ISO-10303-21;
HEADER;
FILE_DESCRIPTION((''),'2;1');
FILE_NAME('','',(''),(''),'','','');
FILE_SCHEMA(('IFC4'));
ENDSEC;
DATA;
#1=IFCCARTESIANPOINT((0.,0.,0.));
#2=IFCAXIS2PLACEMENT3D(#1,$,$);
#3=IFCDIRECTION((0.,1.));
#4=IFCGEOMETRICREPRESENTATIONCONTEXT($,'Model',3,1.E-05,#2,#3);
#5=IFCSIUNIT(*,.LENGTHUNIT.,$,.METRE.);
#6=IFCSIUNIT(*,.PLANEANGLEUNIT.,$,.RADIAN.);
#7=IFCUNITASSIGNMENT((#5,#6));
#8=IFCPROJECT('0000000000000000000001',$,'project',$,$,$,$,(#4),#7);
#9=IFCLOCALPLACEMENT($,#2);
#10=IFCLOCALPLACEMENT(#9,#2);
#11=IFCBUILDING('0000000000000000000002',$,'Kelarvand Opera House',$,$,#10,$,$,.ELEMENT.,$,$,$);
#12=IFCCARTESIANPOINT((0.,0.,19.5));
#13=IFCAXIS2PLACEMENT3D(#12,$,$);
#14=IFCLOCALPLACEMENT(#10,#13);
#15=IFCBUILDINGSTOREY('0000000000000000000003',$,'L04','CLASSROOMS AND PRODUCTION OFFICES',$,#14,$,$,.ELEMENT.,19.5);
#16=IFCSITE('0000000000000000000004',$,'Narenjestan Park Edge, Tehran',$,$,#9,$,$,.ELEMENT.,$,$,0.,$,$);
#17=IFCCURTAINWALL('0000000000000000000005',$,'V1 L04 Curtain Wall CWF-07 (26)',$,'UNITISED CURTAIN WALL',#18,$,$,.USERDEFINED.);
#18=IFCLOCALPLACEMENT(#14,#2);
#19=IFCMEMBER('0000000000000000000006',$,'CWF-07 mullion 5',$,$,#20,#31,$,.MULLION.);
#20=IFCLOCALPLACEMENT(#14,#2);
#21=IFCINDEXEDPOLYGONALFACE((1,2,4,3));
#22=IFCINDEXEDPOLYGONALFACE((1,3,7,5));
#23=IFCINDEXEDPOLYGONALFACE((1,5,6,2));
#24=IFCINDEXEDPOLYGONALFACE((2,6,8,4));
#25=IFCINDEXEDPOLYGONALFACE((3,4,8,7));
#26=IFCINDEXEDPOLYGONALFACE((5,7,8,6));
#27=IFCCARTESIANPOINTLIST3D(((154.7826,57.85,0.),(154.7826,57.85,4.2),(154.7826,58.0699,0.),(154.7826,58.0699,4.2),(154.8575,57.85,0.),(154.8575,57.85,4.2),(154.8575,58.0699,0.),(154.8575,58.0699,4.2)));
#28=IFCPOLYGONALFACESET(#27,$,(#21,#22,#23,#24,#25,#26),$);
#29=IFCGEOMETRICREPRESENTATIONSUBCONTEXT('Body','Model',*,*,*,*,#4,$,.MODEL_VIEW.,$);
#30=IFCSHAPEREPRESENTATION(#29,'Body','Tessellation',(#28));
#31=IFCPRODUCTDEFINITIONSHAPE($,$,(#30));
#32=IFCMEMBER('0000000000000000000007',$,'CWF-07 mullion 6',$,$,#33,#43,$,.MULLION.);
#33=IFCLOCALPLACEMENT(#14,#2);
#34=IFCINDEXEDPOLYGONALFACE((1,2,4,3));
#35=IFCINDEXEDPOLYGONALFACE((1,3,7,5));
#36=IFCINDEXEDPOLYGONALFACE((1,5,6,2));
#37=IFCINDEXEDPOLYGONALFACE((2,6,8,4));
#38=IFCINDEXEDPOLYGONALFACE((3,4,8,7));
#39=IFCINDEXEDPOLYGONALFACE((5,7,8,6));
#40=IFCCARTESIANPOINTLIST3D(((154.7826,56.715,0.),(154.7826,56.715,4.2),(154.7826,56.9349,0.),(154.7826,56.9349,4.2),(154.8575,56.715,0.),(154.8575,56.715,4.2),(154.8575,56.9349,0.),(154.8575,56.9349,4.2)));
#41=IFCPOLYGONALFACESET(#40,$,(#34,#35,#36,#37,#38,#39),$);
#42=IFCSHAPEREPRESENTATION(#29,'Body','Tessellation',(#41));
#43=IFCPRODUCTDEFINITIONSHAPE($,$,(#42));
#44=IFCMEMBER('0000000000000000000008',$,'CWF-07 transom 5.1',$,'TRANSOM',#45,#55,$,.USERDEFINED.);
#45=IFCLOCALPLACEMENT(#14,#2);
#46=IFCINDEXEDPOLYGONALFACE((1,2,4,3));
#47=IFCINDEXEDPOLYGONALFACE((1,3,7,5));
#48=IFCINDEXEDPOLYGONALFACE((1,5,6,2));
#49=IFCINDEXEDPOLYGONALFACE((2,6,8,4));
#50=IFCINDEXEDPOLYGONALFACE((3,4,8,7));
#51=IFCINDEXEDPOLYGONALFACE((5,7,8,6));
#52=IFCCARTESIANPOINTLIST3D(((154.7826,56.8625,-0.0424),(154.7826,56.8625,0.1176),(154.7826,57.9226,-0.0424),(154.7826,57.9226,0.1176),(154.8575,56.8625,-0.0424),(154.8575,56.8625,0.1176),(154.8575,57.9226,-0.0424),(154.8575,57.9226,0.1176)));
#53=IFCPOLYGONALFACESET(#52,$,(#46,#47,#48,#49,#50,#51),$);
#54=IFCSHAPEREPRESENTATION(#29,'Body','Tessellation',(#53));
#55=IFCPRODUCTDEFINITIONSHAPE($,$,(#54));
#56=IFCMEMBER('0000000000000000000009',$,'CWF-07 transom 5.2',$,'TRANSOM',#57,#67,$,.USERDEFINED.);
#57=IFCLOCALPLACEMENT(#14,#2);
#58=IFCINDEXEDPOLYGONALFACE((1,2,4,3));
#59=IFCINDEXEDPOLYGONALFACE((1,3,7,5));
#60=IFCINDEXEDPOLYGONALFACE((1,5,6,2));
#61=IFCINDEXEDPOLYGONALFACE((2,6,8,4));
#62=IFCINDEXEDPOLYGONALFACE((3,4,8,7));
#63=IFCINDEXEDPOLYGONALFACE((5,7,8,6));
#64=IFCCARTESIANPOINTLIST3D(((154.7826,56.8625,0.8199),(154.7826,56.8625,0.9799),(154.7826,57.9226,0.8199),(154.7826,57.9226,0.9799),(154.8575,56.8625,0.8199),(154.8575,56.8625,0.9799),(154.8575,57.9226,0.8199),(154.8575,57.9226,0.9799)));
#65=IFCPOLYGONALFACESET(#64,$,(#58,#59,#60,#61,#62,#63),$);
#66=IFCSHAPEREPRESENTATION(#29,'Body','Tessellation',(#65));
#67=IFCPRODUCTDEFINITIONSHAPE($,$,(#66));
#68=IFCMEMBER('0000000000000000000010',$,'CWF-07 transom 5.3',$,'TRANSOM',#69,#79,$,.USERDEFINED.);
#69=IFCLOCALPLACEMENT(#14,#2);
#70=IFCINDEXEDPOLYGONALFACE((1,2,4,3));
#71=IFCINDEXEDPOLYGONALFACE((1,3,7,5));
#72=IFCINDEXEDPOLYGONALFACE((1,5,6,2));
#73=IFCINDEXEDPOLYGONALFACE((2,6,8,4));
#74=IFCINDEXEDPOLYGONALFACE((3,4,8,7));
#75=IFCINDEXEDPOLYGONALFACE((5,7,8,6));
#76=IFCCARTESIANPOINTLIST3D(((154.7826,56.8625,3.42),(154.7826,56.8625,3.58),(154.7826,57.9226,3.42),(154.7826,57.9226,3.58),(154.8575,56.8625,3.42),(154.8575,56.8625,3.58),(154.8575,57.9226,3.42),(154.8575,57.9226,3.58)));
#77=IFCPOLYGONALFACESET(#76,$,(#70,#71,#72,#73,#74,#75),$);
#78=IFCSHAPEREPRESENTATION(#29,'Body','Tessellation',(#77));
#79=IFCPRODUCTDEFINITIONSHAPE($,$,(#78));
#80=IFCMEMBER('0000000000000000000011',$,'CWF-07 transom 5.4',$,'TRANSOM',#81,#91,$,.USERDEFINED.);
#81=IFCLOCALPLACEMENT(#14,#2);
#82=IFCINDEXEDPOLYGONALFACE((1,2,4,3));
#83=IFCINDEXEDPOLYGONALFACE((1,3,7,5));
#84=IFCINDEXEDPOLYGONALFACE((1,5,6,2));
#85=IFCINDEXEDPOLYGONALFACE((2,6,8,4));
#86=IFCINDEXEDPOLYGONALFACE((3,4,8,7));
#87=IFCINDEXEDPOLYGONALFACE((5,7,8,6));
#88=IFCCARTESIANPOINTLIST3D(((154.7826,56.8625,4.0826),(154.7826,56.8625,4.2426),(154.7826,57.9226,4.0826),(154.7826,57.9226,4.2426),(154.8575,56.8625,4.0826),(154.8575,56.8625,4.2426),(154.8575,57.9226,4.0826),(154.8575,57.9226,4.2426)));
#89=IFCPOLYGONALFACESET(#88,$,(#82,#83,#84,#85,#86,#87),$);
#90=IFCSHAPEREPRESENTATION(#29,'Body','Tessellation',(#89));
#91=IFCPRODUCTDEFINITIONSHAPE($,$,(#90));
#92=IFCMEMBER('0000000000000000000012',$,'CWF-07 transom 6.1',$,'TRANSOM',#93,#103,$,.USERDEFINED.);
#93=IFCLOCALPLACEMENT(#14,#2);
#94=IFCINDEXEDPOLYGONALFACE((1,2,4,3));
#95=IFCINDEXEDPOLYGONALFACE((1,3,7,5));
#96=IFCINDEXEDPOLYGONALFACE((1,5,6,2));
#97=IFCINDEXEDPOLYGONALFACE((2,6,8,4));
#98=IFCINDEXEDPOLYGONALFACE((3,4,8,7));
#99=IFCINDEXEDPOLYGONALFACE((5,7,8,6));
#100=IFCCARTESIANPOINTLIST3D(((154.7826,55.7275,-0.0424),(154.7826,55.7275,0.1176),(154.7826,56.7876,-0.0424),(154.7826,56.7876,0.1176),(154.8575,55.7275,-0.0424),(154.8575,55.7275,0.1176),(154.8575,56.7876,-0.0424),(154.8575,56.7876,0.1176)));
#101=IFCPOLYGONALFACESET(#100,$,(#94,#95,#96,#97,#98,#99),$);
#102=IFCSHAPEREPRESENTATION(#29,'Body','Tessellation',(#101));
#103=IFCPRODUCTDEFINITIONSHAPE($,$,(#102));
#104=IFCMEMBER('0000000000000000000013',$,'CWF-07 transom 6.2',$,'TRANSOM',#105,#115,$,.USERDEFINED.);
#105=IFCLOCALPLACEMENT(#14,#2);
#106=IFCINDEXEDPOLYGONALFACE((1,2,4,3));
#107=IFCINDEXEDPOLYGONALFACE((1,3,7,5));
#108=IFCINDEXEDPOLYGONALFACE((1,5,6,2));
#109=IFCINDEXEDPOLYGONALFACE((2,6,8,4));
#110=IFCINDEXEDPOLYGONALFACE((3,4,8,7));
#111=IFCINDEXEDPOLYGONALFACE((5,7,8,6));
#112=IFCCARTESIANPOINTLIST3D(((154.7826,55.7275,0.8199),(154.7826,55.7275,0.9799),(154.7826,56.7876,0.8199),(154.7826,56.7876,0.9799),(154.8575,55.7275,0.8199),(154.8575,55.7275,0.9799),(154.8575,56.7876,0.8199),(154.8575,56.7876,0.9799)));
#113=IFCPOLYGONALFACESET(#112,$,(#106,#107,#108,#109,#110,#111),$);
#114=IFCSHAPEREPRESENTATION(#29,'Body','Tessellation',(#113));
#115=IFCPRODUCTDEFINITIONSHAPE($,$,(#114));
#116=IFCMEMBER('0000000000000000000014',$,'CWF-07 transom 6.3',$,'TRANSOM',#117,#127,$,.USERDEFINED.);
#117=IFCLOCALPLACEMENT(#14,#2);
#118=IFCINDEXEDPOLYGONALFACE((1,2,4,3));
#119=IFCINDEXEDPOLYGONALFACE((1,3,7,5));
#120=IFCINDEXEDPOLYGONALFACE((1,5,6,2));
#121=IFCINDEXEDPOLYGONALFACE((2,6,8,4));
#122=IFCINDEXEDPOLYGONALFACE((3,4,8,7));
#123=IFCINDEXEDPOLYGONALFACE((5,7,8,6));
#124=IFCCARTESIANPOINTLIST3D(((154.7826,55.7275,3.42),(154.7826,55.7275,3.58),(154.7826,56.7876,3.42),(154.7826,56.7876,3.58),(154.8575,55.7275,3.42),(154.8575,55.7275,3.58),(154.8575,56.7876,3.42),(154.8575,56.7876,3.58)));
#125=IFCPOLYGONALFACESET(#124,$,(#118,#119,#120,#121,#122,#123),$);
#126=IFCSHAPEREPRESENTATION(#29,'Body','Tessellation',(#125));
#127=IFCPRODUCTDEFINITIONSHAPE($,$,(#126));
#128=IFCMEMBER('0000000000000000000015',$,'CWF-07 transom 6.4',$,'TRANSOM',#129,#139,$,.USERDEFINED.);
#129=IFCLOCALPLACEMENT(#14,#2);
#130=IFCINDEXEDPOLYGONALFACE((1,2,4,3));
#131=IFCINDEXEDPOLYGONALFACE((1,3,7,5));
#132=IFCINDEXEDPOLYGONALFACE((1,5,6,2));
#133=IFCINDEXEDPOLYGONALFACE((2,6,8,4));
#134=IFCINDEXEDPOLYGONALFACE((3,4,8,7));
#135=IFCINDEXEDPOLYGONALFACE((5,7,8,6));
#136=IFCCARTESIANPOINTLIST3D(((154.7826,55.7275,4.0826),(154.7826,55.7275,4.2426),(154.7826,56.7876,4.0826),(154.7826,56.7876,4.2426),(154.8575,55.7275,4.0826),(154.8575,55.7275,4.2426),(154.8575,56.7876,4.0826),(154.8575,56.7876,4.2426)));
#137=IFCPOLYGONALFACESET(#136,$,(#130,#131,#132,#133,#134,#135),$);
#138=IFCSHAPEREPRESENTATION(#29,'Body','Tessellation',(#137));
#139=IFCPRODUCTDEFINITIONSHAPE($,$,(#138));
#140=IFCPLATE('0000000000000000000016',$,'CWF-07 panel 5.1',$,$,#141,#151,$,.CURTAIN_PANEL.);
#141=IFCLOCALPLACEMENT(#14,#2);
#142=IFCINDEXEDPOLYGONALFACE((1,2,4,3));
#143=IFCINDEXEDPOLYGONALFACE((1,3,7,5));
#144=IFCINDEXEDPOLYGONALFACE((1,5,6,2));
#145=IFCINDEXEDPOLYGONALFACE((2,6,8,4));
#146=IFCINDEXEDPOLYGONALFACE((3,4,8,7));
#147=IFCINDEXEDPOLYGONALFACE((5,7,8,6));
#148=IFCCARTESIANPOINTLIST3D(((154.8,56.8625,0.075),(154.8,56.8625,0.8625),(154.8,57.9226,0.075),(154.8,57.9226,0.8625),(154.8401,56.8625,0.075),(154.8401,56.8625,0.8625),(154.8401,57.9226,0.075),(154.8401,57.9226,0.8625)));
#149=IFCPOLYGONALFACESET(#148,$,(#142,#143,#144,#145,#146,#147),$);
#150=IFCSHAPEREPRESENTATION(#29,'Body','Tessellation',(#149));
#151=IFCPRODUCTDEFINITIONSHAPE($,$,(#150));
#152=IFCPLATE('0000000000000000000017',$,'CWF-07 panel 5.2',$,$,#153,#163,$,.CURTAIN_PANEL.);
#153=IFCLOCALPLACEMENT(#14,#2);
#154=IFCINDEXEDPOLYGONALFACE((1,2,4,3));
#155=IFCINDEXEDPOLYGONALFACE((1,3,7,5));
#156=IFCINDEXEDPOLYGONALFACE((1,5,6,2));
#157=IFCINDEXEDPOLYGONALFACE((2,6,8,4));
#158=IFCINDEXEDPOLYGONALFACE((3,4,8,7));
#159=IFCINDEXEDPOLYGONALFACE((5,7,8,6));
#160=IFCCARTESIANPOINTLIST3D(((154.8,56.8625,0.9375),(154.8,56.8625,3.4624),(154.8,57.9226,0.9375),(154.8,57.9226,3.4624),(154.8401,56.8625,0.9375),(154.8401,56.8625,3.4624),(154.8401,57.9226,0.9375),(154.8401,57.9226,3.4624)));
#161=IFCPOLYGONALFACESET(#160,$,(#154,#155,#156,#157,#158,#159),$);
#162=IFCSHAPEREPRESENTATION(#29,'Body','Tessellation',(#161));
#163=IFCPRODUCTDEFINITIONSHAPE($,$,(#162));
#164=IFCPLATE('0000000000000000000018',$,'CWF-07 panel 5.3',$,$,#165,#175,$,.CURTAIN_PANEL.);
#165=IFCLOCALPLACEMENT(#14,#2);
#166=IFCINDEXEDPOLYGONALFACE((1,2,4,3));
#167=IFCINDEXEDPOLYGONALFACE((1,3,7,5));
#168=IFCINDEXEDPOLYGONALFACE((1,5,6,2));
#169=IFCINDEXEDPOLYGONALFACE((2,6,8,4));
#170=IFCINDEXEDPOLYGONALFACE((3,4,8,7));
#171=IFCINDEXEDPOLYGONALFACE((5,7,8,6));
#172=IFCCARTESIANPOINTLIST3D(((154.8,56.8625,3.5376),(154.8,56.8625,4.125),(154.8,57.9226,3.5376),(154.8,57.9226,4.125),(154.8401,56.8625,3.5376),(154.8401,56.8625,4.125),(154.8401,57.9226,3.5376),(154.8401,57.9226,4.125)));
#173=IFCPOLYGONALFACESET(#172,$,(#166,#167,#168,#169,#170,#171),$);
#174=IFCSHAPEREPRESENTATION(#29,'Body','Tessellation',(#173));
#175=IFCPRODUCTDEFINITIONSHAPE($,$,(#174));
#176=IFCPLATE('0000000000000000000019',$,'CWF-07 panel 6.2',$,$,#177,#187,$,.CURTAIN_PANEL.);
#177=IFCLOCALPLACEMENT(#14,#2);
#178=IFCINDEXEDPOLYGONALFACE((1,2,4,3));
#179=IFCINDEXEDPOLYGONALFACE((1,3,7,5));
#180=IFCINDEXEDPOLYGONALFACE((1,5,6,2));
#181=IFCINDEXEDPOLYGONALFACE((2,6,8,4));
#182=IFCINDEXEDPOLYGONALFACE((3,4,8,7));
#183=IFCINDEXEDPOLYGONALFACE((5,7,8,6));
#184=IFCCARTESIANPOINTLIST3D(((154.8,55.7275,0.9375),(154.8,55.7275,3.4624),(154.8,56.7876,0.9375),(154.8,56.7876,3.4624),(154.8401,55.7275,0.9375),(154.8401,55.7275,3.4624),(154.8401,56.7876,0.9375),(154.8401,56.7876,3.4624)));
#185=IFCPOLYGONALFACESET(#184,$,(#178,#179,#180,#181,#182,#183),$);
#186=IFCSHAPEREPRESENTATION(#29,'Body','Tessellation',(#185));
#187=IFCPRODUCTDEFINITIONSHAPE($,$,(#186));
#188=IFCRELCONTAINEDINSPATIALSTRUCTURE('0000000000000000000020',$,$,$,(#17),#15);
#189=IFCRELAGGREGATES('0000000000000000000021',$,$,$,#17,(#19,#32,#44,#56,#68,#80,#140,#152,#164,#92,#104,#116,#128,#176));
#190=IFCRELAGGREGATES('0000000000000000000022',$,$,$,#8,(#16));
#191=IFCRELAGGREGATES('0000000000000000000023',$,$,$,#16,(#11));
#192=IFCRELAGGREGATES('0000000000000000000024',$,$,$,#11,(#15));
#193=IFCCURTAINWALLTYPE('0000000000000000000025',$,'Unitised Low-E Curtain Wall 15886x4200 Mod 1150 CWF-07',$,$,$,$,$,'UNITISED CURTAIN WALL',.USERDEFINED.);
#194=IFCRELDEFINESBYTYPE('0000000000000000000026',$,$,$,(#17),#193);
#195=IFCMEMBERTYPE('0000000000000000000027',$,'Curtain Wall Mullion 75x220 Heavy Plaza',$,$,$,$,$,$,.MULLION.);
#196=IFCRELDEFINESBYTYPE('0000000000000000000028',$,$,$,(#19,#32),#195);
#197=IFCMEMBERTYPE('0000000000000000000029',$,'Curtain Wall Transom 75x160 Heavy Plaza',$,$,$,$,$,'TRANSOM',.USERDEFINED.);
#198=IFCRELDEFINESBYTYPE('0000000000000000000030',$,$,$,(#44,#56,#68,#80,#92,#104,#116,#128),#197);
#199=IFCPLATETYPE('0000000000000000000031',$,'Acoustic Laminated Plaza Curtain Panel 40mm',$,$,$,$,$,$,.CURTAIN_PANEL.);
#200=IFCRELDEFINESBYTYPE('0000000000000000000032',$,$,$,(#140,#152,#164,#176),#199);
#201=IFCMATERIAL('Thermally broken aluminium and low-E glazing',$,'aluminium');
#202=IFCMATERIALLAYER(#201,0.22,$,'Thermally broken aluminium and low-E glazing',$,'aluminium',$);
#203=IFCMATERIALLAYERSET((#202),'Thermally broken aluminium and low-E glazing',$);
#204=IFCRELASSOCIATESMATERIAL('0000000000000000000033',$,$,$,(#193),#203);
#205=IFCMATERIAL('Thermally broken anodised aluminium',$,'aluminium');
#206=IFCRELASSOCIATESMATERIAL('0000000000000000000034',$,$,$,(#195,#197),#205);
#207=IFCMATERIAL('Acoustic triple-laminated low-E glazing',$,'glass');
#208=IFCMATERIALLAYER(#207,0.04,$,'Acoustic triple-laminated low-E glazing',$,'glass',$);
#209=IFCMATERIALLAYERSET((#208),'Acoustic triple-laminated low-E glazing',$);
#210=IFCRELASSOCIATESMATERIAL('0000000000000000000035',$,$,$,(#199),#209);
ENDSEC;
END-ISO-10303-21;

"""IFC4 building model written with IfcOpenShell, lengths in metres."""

from ifc_helpers import new_model, si_unit, direction, frame, origin, origin_2d, place, context, subcontext, project, spatial, rectangle, extrude, material, layer, layer_set, material_profile, profile_set, type_object, element, aggregate, save


model = new_model("IFC4")

# Units and contexts
model_context = context("Model", 3, precision=1e-05, world=origin(), true_north=direction((0.0, 1.0)))
body_context = subcontext(model_context, "Body", "Model", "MODEL_VIEW")
ifc_project = project(units=[si_unit("LENGTHUNIT", "METRE"), si_unit("PLANEANGLEUNIT", "RADIAN")], contexts=[model_context])

# Site, building, storey
site_placement = place(None, origin())
site = spatial("IfcSite", under=ifc_project, at=site_placement, Name="Narenjestan Park Edge, Tehran", CompositionType="ELEMENT", RefElevation=0.0)
building_placement = place(site_placement, origin())
building = spatial("IfcBuilding", under=site, at=building_placement, Name="Kelarvand Opera House", CompositionType="ELEMENT")
storey_placement = place(building_placement, frame((0.0, 0.0, 19.5)))
storey = spatial("IfcBuildingStorey", under=building, at=storey_placement, Name="L04", Description="CLASSROOMS AND PRODUCTION OFFICES", CompositionType="ELEMENT", Elevation=19.5)

# Curtain wall, members, plates
ifc_material_1 = material(Name="Thermally broken aluminium and low-E glazing", Category="aluminium")
ifc_layer_1 = layer(ifc_material_1, 0.22, Name="Thermally broken aluminium and low-E glazing", Category="aluminium")
ifc_layer_set_1 = layer_set([ifc_layer_1], Name="Thermally broken aluminium and low-E glazing")
curtain_wall_type = type_object("IfcCurtainWallType", Name="Unitised Low-E Curtain Wall 15886x4200 Mod 1150 CWF-07", ElementType="UNITISED CURTAIN WALL", PredefinedType="USERDEFINED", material=ifc_layer_set_1)
curtain_wall_placement = place(storey_placement, origin())
curtain_wall = element("IfcCurtainWall", 1, at=curtain_wall_placement, inside=storey, type_object=curtain_wall_type, Name="V1 L04 Curtain Wall CWF-07 (26)", ObjectType="UNITISED CURTAIN WALL", PredefinedType="USERDEFINED")
ifc_material_2 = material(Name="Thermally broken anodised aluminium", Category="aluminium")
ifc_material_profile_1 = material_profile(ifc_material_2, rectangle(XDim=0.075, YDim=0.22, at=origin_2d()), Name="ALU MULLION 75x220", Category="aluminium")
ifc_profile_set_1 = profile_set([ifc_material_profile_1], Name="Thermally broken anodised aluminium")
member_type_1 = type_object("IfcMemberType", Name="Curtain Wall Mullion 75x220 Heavy Plaza", PredefinedType="MULLION", material=ifc_profile_set_1)
member_1_placement = place(storey_placement, frame((154.8201, 57.96, 0.0), z_axis=(0.0, 0.0, 1.0), x_axis=(1.0, 0.0, 0.0)))
member_1 = element("IfcMember", 2, at=member_1_placement, type_object=member_type_1, Name="CWF-07 mullion 5", PredefinedType="MULLION", context=body_context, shape_type="SweptSolid", body=[
    extrude(rectangle(XDim=0.075, YDim=0.22, at=origin_2d()), origin(), (0.0, 0.0, 1.0), 4.2),
])
member_2_placement = place(storey_placement, frame((154.8201, 56.825, 0.0), z_axis=(0.0, 0.0, 1.0), x_axis=(1.0, 0.0, 0.0)))
member_2 = element("IfcMember", 3, at=member_2_placement, type_object=member_type_1, Name="CWF-07 mullion 6", PredefinedType="MULLION", context=body_context, shape_type="SweptSolid", body=[
    extrude(rectangle(XDim=0.075, YDim=0.22, at=origin_2d()), origin(), (0.0, 0.0, 1.0), 4.2),
])
ifc_material_profile_2 = material_profile(ifc_material_2, rectangle(XDim=0.075, YDim=0.1599, at=origin_2d()), Name="ALU TRANSOM 75x160", Category="aluminium")
ifc_profile_set_2 = profile_set([ifc_material_profile_2], Name="Thermally broken anodised aluminium")
member_type_2 = type_object("IfcMemberType", Name="Curtain Wall Transom 75x160 Heavy Plaza", ElementType="TRANSOM", PredefinedType="USERDEFINED", material=ifc_profile_set_2)
member_3_placement = place(storey_placement, frame((154.8201, 57.9226, 0.0376), z_axis=(0.0, -1.0, 0.0), x_axis=(1.0, 0.0, 0.0)))
member_3 = element("IfcMember", 4, at=member_3_placement, type_object=member_type_2, Name="CWF-07 transom 5.1", ObjectType="TRANSOM", PredefinedType="USERDEFINED", context=body_context, shape_type="SweptSolid", body=[
    extrude(rectangle(XDim=0.075, YDim=0.1599, at=origin_2d()), origin(), (0.0, 0.0, 1.0), 1.0601),
])
member_4_placement = place(storey_placement, frame((154.8201, 57.9226, 0.8999), z_axis=(0.0, -1.0, 0.0), x_axis=(1.0, 0.0, 0.0)))
member_4 = element("IfcMember", 5, at=member_4_placement, type_object=member_type_2, Name="CWF-07 transom 5.2", ObjectType="TRANSOM", PredefinedType="USERDEFINED", context=body_context, shape_type="SweptSolid", body=[
    extrude(rectangle(XDim=0.075, YDim=0.1599, at=origin_2d()), origin(), (0.0, 0.0, 1.0), 1.0601),
])
member_5_placement = place(storey_placement, frame((154.8201, 57.9226, 3.5), z_axis=(0.0, -1.0, 0.0), x_axis=(1.0, 0.0, 0.0)))
member_5 = element("IfcMember", 6, at=member_5_placement, type_object=member_type_2, Name="CWF-07 transom 5.3", ObjectType="TRANSOM", PredefinedType="USERDEFINED", context=body_context, shape_type="SweptSolid", body=[
    extrude(rectangle(XDim=0.075, YDim=0.1599, at=origin_2d()), origin(), (0.0, 0.0, 1.0), 1.0601),
])
member_6_placement = place(storey_placement, frame((154.8201, 57.9226, 4.1626), z_axis=(0.0, -1.0, 0.0), x_axis=(1.0, 0.0, 0.0)))
member_6 = element("IfcMember", 7, at=member_6_placement, type_object=member_type_2, Name="CWF-07 transom 5.4", ObjectType="TRANSOM", PredefinedType="USERDEFINED", context=body_context, shape_type="SweptSolid", body=[
    extrude(rectangle(XDim=0.075, YDim=0.1599, at=origin_2d()), origin(), (0.0, 0.0, 1.0), 1.0601),
])
member_7_placement = place(storey_placement, frame((154.8201, 56.7876, 0.0376), z_axis=(0.0, -1.0, 0.0), x_axis=(1.0, 0.0, 0.0)))
member_7 = element("IfcMember", 8, at=member_7_placement, type_object=member_type_2, Name="CWF-07 transom 6.1", ObjectType="TRANSOM", PredefinedType="USERDEFINED", context=body_context, shape_type="SweptSolid", body=[
    extrude(rectangle(XDim=0.075, YDim=0.1599, at=origin_2d()), origin(), (0.0, 0.0, 1.0), 1.0601),
])
member_8_placement = place(storey_placement, frame((154.8201, 56.7876, 0.8999), z_axis=(0.0, -1.0, 0.0), x_axis=(1.0, 0.0, 0.0)))
member_8 = element("IfcMember", 9, at=member_8_placement, type_object=member_type_2, Name="CWF-07 transom 6.2", ObjectType="TRANSOM", PredefinedType="USERDEFINED", context=body_context, shape_type="SweptSolid", body=[
    extrude(rectangle(XDim=0.075, YDim=0.1599, at=origin_2d()), origin(), (0.0, 0.0, 1.0), 1.0601),
])
member_9_placement = place(storey_placement, frame((154.8201, 56.7876, 3.5), z_axis=(0.0, -1.0, 0.0), x_axis=(1.0, 0.0, 0.0)))
member_9 = element("IfcMember", 10, at=member_9_placement, type_object=member_type_2, Name="CWF-07 transom 6.3", ObjectType="TRANSOM", PredefinedType="USERDEFINED", context=body_context, shape_type="SweptSolid", body=[
    extrude(rectangle(XDim=0.075, YDim=0.1599, at=origin_2d()), origin(), (0.0, 0.0, 1.0), 1.0601),
])
member_10_placement = place(storey_placement, frame((154.8201, 56.7876, 4.1626), z_axis=(0.0, -1.0, 0.0), x_axis=(1.0, 0.0, 0.0)))
member_10 = element("IfcMember", 11, at=member_10_placement, type_object=member_type_2, Name="CWF-07 transom 6.4", ObjectType="TRANSOM", PredefinedType="USERDEFINED", context=body_context, shape_type="SweptSolid", body=[
    extrude(rectangle(XDim=0.075, YDim=0.1599, at=origin_2d()), origin(), (0.0, 0.0, 1.0), 1.0601),
])
ifc_material_3 = material(Name="Acoustic triple-laminated low-E glazing", Category="glass")
ifc_layer_2 = layer(ifc_material_3, 0.04, Name="Acoustic triple-laminated low-E glazing", Category="glass")
ifc_layer_set_2 = layer_set([ifc_layer_2], Name="Acoustic triple-laminated low-E glazing")
plate_type = type_object("IfcPlateType", Name="Acoustic Laminated Plaza Curtain Panel 40mm", PredefinedType="CURTAIN_PANEL", material=ifc_layer_set_2)
plate_1_placement = place(storey_placement, frame((154.8201, 57.3926, 0.075), z_axis=(0.0, 0.0, 1.0), x_axis=(0.0, -1.0, 0.0)))
plate_1 = element("IfcPlate", 12, at=plate_1_placement, type_object=plate_type, Name="CWF-07 panel 5.1", PredefinedType="CURTAIN_PANEL", context=body_context, shape_type="SweptSolid", body=[
    extrude(rectangle(XDim=1.0601, YDim=0.04, at=origin_2d()), origin(), (0.0, 0.0, 1.0), 0.7876),
])
plate_2_placement = place(storey_placement, frame((154.8201, 57.3926, 0.9375), z_axis=(0.0, 0.0, 1.0), x_axis=(0.0, -1.0, 0.0)))
plate_2 = element("IfcPlate", 13, at=plate_2_placement, type_object=plate_type, Name="CWF-07 panel 5.2", PredefinedType="CURTAIN_PANEL", context=body_context, shape_type="SweptSolid", body=[
    extrude(rectangle(XDim=1.0601, YDim=0.04, at=origin_2d()), origin(), (0.0, 0.0, 1.0), 2.5249),
])
plate_3_placement = place(storey_placement, frame((154.8201, 57.3926, 3.5376), z_axis=(0.0, 0.0, 1.0), x_axis=(0.0, -1.0, 0.0)))
plate_3 = element("IfcPlate", 14, at=plate_3_placement, type_object=plate_type, Name="CWF-07 panel 5.3", PredefinedType="CURTAIN_PANEL", context=body_context, shape_type="SweptSolid", body=[
    extrude(rectangle(XDim=1.0601, YDim=0.04, at=origin_2d()), origin(), (0.0, 0.0, 1.0), 0.5874),
])
plate_4_placement = place(storey_placement, frame((154.8201, 56.2576, 0.9375), z_axis=(0.0, 0.0, 1.0), x_axis=(0.0, -1.0, 0.0)))
plate_4 = element("IfcPlate", 15, at=plate_4_placement, type_object=plate_type, Name="CWF-07 panel 6.2", PredefinedType="CURTAIN_PANEL", context=body_context, shape_type="SweptSolid", body=[
    extrude(rectangle(XDim=1.0601, YDim=0.04, at=origin_2d()), origin(), (0.0, 0.0, 1.0), 2.5249),
])
aggregate(curtain_wall, [member_1, member_2, member_3, member_4, member_5, member_6, plate_1, plate_2, plate_3, member_7, member_8, member_9, member_10, plate_4])

save(model, "model.ifc")
